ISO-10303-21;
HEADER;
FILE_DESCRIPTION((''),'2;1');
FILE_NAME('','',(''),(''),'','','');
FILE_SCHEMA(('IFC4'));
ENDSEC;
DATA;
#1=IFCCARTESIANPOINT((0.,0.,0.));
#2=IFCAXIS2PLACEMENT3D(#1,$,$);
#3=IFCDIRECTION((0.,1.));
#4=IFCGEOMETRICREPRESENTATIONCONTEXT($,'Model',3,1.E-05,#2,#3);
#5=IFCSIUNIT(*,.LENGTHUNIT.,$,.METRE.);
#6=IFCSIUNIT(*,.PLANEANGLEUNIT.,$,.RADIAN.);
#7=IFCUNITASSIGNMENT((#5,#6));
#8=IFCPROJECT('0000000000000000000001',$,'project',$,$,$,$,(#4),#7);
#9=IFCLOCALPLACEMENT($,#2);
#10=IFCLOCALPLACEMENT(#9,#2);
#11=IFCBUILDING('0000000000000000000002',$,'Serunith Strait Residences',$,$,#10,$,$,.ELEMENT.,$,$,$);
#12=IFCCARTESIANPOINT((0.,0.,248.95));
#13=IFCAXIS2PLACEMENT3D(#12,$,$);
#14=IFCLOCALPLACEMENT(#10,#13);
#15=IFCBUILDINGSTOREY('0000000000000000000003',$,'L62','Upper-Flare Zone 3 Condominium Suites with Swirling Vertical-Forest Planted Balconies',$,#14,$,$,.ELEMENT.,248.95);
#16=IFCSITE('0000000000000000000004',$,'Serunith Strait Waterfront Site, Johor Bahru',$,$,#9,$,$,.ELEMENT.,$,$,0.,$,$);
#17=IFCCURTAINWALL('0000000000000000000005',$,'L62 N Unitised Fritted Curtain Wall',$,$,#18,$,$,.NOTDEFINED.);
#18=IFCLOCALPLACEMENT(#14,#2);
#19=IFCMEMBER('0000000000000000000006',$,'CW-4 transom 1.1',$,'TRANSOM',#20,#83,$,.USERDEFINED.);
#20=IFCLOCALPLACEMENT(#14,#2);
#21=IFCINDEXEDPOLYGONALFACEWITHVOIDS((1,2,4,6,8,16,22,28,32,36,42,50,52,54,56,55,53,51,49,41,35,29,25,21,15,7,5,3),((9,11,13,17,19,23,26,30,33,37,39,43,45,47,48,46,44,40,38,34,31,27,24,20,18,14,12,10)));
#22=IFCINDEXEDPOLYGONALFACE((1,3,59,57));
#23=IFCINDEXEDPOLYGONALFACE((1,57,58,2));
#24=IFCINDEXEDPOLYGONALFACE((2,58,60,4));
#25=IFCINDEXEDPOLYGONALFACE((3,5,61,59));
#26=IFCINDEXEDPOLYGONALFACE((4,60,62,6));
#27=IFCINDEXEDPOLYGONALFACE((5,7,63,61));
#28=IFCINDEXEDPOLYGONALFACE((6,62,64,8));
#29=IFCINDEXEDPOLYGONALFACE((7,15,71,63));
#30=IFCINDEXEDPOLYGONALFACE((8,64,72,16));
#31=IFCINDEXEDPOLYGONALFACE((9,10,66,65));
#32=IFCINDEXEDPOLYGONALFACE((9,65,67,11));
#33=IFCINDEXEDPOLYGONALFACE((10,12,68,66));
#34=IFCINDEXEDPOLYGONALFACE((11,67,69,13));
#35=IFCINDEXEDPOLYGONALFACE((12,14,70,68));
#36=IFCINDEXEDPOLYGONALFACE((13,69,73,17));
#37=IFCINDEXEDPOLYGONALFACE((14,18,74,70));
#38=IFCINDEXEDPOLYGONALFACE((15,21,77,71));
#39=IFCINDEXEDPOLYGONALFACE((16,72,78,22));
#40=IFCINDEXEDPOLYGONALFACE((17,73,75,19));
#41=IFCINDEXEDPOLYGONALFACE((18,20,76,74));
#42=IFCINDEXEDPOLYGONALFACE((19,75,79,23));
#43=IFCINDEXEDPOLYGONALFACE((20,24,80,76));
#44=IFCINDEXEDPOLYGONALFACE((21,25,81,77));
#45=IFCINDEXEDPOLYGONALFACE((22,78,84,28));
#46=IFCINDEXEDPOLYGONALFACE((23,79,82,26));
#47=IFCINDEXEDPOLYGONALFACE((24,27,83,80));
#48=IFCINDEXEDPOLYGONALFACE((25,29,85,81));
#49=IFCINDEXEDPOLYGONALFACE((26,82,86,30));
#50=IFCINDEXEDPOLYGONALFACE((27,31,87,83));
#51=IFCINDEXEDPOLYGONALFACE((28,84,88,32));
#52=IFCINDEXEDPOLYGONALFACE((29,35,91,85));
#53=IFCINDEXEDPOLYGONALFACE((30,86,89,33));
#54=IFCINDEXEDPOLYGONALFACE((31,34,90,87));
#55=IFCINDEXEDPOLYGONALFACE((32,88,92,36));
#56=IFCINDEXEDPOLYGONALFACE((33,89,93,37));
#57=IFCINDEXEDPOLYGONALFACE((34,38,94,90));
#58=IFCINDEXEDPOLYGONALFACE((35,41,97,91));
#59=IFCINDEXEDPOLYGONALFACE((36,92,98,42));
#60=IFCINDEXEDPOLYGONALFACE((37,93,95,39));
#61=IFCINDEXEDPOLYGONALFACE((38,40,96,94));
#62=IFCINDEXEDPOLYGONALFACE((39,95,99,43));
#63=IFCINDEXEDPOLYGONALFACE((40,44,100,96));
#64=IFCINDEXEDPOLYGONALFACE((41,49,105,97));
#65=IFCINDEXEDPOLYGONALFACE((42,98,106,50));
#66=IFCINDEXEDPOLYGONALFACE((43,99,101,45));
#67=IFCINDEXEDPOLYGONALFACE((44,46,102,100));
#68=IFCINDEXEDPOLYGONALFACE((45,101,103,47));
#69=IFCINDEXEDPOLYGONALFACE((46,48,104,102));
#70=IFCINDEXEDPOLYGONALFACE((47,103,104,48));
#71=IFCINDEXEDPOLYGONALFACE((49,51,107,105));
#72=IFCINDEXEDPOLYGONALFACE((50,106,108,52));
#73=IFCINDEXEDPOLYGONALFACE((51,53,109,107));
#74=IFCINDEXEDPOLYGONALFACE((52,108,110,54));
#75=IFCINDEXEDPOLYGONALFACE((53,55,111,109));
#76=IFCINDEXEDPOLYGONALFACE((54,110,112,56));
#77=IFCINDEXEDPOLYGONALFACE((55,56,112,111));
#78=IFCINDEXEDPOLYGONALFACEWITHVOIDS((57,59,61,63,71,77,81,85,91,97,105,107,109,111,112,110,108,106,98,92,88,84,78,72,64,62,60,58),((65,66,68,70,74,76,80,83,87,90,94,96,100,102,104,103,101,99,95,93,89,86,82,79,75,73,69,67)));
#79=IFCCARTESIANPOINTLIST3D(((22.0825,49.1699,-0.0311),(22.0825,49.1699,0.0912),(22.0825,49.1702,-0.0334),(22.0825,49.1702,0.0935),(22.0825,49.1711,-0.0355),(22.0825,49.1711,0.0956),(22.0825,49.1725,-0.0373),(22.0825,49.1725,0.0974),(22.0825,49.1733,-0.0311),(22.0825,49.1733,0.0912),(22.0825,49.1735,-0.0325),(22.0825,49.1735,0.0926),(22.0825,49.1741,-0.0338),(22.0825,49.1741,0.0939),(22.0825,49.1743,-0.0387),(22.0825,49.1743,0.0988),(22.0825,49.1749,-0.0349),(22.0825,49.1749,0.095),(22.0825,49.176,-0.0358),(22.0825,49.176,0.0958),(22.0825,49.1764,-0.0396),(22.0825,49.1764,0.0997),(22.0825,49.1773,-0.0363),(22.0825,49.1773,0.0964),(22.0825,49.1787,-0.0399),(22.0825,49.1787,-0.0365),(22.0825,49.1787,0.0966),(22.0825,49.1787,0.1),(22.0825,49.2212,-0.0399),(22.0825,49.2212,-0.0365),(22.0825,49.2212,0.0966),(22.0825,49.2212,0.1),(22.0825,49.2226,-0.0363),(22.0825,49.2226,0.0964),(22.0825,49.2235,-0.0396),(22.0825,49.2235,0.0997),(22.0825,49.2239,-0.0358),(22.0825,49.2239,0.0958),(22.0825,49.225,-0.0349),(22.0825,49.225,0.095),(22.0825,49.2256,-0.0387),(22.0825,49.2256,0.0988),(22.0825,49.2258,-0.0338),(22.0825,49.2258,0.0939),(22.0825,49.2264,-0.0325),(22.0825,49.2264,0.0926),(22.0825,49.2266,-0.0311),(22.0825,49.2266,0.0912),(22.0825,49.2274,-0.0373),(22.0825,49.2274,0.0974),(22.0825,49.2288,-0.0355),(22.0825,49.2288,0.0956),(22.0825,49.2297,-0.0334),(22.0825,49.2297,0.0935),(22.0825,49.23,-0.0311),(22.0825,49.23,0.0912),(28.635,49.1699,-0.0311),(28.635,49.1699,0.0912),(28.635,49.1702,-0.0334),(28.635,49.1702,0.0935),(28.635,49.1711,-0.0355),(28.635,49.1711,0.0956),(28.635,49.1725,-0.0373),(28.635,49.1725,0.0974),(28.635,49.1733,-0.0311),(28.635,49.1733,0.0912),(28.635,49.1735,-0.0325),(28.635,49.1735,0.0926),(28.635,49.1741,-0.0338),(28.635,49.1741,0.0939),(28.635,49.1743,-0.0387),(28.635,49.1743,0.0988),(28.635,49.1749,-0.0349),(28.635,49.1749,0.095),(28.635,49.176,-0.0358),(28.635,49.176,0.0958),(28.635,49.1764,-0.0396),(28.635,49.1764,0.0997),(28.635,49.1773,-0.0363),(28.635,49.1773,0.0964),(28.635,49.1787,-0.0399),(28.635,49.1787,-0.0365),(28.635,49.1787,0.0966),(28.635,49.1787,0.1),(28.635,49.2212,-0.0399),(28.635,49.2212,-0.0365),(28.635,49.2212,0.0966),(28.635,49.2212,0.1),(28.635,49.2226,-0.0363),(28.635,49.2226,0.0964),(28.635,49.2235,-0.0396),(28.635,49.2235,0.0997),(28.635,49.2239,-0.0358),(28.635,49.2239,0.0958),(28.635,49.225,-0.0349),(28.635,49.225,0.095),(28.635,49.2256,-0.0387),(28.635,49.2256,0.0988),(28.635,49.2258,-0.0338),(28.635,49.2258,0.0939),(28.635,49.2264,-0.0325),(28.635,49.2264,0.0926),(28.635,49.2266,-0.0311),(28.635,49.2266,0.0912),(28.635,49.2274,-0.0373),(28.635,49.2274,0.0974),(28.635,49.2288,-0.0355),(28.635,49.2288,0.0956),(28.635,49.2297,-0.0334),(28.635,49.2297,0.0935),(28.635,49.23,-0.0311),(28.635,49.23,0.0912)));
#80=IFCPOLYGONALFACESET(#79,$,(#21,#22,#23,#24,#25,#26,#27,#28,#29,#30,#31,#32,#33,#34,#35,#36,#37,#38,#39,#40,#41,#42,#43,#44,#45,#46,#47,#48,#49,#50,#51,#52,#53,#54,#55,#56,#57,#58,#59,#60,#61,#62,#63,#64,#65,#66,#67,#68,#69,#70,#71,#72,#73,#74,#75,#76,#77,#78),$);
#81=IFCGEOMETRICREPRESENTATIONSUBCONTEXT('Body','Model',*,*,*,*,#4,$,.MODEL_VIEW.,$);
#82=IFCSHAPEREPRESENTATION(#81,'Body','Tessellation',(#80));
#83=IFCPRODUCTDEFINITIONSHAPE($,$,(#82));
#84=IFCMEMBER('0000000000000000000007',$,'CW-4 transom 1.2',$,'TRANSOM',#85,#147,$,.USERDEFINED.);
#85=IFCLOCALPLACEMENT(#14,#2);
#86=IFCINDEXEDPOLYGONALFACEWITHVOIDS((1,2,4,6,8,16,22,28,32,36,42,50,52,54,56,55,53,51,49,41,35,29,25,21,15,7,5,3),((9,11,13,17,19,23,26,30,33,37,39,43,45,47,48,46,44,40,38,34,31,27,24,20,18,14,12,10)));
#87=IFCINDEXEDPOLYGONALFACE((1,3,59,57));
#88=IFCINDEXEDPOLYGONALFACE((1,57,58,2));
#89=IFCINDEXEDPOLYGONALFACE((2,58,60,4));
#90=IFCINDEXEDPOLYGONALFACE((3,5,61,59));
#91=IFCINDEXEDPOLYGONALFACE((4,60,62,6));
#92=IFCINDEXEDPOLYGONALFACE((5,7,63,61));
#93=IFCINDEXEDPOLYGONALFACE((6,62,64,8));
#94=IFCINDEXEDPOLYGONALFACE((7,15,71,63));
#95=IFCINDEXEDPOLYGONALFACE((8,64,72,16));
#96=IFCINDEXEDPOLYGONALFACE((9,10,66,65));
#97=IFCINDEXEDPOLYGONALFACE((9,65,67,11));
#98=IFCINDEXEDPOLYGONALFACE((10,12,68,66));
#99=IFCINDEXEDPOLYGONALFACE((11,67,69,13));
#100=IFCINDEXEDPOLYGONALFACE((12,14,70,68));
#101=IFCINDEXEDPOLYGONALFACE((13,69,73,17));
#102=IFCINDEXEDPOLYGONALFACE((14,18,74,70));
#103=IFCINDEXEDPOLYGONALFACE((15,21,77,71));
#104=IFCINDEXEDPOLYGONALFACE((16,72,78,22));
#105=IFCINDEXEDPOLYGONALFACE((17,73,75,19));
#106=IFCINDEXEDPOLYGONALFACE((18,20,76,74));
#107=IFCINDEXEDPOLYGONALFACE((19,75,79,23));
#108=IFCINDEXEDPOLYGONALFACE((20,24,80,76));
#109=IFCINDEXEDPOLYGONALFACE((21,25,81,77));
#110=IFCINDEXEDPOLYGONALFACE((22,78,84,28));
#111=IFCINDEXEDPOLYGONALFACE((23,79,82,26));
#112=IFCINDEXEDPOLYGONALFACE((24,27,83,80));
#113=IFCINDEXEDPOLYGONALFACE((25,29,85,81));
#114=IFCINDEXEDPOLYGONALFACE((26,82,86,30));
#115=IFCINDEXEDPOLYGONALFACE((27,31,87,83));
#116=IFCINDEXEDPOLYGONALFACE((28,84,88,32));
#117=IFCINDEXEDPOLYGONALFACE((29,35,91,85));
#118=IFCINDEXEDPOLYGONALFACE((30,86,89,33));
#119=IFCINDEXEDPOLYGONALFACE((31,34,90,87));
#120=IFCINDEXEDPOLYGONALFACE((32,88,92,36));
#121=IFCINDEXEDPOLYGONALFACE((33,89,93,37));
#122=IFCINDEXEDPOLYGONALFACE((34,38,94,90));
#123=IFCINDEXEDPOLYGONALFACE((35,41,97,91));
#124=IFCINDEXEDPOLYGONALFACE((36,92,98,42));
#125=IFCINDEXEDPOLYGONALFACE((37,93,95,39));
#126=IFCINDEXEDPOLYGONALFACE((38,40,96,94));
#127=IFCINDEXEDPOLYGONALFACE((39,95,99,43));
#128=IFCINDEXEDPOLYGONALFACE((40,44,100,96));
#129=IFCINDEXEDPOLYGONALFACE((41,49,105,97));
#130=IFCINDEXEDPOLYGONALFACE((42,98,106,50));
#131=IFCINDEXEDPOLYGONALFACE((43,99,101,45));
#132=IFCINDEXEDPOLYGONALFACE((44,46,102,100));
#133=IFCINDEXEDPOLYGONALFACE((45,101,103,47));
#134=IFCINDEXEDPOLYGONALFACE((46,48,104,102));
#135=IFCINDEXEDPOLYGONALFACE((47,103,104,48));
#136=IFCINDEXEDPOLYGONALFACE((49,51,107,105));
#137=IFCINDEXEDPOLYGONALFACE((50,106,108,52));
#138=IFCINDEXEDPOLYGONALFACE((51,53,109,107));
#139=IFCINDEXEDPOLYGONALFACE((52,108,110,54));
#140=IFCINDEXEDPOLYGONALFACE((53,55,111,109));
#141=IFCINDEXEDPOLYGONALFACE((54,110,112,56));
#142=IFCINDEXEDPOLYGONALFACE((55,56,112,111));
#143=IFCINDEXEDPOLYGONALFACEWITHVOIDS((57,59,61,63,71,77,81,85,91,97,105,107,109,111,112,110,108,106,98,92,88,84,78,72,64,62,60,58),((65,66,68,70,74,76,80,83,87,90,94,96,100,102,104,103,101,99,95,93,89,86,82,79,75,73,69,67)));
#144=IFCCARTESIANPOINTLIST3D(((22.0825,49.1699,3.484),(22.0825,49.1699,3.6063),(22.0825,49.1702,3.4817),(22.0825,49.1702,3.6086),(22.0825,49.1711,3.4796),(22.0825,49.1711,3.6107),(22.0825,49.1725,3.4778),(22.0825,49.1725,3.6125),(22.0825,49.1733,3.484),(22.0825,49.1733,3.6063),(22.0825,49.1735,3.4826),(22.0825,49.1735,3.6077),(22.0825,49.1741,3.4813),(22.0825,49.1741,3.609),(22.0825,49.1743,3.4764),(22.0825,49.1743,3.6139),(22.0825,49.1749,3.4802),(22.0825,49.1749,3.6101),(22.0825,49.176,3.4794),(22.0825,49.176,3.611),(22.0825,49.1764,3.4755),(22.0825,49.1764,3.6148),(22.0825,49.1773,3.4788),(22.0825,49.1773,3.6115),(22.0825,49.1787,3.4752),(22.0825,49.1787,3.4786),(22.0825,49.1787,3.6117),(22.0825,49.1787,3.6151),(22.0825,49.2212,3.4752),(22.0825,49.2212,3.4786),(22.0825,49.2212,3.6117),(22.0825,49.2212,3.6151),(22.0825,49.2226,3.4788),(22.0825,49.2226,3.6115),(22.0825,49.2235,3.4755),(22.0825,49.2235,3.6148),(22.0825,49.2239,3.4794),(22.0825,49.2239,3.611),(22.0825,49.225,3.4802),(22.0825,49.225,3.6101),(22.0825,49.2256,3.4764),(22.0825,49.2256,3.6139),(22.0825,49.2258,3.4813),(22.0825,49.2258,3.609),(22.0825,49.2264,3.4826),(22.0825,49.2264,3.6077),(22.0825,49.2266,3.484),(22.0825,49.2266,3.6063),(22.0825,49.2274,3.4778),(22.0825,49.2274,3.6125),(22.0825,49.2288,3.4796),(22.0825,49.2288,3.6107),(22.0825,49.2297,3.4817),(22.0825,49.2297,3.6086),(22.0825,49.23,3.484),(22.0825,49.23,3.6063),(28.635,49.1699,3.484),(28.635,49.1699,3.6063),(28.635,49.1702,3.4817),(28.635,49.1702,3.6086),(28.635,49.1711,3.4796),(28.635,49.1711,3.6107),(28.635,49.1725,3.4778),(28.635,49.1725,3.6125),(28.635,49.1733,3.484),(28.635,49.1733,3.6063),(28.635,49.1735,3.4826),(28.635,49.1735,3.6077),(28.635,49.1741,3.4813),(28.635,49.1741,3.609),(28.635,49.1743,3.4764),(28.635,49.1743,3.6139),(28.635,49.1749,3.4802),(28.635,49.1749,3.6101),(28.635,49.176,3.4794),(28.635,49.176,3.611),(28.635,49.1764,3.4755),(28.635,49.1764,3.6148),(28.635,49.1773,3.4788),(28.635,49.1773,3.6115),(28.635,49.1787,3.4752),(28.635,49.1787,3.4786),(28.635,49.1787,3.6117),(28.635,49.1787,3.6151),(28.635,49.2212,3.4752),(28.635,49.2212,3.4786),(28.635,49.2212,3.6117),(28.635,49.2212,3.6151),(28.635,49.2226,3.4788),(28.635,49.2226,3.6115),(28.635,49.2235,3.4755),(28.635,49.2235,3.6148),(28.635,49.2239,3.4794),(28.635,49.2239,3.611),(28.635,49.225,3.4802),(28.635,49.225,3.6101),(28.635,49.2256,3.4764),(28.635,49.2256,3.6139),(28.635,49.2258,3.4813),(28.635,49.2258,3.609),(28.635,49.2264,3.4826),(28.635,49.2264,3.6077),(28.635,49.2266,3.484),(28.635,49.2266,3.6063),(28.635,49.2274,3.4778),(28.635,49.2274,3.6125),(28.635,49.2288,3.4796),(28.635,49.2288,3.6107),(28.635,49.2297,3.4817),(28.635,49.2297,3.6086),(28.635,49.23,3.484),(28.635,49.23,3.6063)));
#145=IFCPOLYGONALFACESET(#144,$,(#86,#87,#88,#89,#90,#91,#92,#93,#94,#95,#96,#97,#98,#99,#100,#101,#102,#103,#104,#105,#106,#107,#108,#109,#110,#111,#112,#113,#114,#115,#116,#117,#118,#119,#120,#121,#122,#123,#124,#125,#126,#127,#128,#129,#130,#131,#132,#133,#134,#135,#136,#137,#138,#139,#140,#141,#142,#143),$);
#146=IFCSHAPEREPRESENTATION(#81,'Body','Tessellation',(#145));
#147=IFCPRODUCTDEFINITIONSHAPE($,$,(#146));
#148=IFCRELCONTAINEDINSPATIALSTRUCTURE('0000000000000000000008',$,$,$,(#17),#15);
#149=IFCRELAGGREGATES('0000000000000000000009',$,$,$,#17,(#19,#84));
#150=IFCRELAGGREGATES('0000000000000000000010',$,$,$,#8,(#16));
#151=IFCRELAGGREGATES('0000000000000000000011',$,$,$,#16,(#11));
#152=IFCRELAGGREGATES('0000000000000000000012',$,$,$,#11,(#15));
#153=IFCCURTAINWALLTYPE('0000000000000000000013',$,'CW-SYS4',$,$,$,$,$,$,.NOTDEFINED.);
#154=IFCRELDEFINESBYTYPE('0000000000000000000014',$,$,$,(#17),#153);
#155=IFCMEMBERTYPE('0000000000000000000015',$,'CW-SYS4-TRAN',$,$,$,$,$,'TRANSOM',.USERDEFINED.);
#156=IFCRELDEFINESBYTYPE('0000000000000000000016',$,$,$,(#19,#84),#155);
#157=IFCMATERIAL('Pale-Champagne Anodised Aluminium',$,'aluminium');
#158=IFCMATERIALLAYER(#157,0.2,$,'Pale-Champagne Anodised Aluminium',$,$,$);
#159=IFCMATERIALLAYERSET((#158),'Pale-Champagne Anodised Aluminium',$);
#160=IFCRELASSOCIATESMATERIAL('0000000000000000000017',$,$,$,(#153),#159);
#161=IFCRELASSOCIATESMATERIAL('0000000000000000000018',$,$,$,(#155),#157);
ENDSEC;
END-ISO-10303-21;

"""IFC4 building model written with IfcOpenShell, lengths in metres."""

from ifc_helpers import new_model, si_unit, direction, frame, origin, origin_2d, place, context, subcontext, project, spatial, hollow_rectangle, extrude, source, transform, mapped, material, layer, layer_set, material_profile, profile_set, type_object, element, aggregate, save


model = new_model("IFC4")

# Units and contexts
model_context = context("Model", 3, precision=1e-05, world=origin(), true_north=direction((0.0, 1.0)))
body_context = subcontext(model_context, "Body", "Model", "MODEL_VIEW")
ifc_project = project(units=[si_unit("LENGTHUNIT", "METRE"), si_unit("PLANEANGLEUNIT", "RADIAN")], contexts=[model_context])

# Site, building, storey
site_placement = place(None, origin())
site = spatial("IfcSite", under=ifc_project, at=site_placement, Name="Serunith Strait Waterfront Site, Johor Bahru", CompositionType="ELEMENT", RefElevation=0.0)
building_placement = place(site_placement, origin())
building = spatial("IfcBuilding", under=site, at=building_placement, Name="Serunith Strait Residences", CompositionType="ELEMENT")
storey_placement = place(building_placement, frame((0.0, 0.0, 248.95)))
storey = spatial("IfcBuildingStorey", under=building, at=storey_placement, Name="L62", Description="Upper-Flare Zone 3 Condominium Suites with Swirling Vertical-Forest Planted Balconies", CompositionType="ELEMENT", Elevation=248.95)

# Curtain wall, members
ifc_material_1 = material(Name="Pale-Champagne Anodised Aluminium", Category="aluminium")
ifc_layer_1 = layer(ifc_material_1, 0.2, Name="Pale-Champagne Anodised Aluminium")
ifc_layer_set_1 = layer_set([ifc_layer_1], Name="Pale-Champagne Anodised Aluminium")
curtain_wall_type = type_object("IfcCurtainWallType", Name="CW-SYS4", PredefinedType="NOTDEFINED", material=ifc_layer_set_1)
curtain_wall_placement = place(storey_placement, origin())
curtain_wall = element("IfcCurtainWall", 1, at=curtain_wall_placement, inside=storey, type_object=curtain_wall_type, Name="L62 N Unitised Fritted Curtain Wall", PredefinedType="NOTDEFINED")
ifc_material_profile_1 = material_profile(ifc_material_1, hollow_rectangle(XDim=0.0601, YDim=0.1399, WallThickness=0.0034, InnerFilletRadius=0.0054, OuterFilletRadius=0.0088, at=origin_2d()), Name="ALU 140x60x3.5")
ifc_profile_set_1 = profile_set([ifc_material_profile_1], Name="Pale-Champagne Anodised Aluminium")
member_type_1 = type_object("IfcMemberType", Name="CW-SYS4-TRAN", ElementType="TRANSOM", PredefinedType="USERDEFINED", material=ifc_profile_set_1)
shared_shape_1 = source(origin(), body_context, "Body", "SweptSolid", [
    extrude(hollow_rectangle(XDim=0.0601, YDim=0.1399, WallThickness=0.0034, InnerFilletRadius=0.0054, OuterFilletRadius=0.0088, at=origin_2d()), origin(), (0.0, 0.0, 1.0), 6.5525),
])
member_1_placement = place(storey_placement, frame((28.635, 49.2, 0.03), z_axis=(-1.0, 0.0, 0.0), x_axis=(0.0, -1.0, 0.0)))
member_1 = element("IfcMember", 2, at=member_1_placement, type_object=member_type_1, Name="CW-4 transom 1.1", ObjectType="TRANSOM", PredefinedType="USERDEFINED", context=body_context, shape_type="MappedRepresentation", body=[
    mapped(shared_shape_1, transform((0.0, 0.0, 0.0), scale=1.0)),
])
member_2_placement = place(storey_placement, frame((28.635, 49.2, 3.5452), z_axis=(-1.0, 0.0, 0.0), x_axis=(0.0, -1.0, 0.0)))
member_2 = element("IfcMember", 3, at=member_2_placement, type_object=member_type_1, Name="CW-4 transom 1.2", ObjectType="TRANSOM", PredefinedType="USERDEFINED", context=body_context, shape_type="MappedRepresentation", body=[
    mapped(shared_shape_1, transform((0.0, 0.0, 0.0), scale=1.0)),
])
aggregate(curtain_wall, [member_1, member_2])

save(model, "model.ifc")
